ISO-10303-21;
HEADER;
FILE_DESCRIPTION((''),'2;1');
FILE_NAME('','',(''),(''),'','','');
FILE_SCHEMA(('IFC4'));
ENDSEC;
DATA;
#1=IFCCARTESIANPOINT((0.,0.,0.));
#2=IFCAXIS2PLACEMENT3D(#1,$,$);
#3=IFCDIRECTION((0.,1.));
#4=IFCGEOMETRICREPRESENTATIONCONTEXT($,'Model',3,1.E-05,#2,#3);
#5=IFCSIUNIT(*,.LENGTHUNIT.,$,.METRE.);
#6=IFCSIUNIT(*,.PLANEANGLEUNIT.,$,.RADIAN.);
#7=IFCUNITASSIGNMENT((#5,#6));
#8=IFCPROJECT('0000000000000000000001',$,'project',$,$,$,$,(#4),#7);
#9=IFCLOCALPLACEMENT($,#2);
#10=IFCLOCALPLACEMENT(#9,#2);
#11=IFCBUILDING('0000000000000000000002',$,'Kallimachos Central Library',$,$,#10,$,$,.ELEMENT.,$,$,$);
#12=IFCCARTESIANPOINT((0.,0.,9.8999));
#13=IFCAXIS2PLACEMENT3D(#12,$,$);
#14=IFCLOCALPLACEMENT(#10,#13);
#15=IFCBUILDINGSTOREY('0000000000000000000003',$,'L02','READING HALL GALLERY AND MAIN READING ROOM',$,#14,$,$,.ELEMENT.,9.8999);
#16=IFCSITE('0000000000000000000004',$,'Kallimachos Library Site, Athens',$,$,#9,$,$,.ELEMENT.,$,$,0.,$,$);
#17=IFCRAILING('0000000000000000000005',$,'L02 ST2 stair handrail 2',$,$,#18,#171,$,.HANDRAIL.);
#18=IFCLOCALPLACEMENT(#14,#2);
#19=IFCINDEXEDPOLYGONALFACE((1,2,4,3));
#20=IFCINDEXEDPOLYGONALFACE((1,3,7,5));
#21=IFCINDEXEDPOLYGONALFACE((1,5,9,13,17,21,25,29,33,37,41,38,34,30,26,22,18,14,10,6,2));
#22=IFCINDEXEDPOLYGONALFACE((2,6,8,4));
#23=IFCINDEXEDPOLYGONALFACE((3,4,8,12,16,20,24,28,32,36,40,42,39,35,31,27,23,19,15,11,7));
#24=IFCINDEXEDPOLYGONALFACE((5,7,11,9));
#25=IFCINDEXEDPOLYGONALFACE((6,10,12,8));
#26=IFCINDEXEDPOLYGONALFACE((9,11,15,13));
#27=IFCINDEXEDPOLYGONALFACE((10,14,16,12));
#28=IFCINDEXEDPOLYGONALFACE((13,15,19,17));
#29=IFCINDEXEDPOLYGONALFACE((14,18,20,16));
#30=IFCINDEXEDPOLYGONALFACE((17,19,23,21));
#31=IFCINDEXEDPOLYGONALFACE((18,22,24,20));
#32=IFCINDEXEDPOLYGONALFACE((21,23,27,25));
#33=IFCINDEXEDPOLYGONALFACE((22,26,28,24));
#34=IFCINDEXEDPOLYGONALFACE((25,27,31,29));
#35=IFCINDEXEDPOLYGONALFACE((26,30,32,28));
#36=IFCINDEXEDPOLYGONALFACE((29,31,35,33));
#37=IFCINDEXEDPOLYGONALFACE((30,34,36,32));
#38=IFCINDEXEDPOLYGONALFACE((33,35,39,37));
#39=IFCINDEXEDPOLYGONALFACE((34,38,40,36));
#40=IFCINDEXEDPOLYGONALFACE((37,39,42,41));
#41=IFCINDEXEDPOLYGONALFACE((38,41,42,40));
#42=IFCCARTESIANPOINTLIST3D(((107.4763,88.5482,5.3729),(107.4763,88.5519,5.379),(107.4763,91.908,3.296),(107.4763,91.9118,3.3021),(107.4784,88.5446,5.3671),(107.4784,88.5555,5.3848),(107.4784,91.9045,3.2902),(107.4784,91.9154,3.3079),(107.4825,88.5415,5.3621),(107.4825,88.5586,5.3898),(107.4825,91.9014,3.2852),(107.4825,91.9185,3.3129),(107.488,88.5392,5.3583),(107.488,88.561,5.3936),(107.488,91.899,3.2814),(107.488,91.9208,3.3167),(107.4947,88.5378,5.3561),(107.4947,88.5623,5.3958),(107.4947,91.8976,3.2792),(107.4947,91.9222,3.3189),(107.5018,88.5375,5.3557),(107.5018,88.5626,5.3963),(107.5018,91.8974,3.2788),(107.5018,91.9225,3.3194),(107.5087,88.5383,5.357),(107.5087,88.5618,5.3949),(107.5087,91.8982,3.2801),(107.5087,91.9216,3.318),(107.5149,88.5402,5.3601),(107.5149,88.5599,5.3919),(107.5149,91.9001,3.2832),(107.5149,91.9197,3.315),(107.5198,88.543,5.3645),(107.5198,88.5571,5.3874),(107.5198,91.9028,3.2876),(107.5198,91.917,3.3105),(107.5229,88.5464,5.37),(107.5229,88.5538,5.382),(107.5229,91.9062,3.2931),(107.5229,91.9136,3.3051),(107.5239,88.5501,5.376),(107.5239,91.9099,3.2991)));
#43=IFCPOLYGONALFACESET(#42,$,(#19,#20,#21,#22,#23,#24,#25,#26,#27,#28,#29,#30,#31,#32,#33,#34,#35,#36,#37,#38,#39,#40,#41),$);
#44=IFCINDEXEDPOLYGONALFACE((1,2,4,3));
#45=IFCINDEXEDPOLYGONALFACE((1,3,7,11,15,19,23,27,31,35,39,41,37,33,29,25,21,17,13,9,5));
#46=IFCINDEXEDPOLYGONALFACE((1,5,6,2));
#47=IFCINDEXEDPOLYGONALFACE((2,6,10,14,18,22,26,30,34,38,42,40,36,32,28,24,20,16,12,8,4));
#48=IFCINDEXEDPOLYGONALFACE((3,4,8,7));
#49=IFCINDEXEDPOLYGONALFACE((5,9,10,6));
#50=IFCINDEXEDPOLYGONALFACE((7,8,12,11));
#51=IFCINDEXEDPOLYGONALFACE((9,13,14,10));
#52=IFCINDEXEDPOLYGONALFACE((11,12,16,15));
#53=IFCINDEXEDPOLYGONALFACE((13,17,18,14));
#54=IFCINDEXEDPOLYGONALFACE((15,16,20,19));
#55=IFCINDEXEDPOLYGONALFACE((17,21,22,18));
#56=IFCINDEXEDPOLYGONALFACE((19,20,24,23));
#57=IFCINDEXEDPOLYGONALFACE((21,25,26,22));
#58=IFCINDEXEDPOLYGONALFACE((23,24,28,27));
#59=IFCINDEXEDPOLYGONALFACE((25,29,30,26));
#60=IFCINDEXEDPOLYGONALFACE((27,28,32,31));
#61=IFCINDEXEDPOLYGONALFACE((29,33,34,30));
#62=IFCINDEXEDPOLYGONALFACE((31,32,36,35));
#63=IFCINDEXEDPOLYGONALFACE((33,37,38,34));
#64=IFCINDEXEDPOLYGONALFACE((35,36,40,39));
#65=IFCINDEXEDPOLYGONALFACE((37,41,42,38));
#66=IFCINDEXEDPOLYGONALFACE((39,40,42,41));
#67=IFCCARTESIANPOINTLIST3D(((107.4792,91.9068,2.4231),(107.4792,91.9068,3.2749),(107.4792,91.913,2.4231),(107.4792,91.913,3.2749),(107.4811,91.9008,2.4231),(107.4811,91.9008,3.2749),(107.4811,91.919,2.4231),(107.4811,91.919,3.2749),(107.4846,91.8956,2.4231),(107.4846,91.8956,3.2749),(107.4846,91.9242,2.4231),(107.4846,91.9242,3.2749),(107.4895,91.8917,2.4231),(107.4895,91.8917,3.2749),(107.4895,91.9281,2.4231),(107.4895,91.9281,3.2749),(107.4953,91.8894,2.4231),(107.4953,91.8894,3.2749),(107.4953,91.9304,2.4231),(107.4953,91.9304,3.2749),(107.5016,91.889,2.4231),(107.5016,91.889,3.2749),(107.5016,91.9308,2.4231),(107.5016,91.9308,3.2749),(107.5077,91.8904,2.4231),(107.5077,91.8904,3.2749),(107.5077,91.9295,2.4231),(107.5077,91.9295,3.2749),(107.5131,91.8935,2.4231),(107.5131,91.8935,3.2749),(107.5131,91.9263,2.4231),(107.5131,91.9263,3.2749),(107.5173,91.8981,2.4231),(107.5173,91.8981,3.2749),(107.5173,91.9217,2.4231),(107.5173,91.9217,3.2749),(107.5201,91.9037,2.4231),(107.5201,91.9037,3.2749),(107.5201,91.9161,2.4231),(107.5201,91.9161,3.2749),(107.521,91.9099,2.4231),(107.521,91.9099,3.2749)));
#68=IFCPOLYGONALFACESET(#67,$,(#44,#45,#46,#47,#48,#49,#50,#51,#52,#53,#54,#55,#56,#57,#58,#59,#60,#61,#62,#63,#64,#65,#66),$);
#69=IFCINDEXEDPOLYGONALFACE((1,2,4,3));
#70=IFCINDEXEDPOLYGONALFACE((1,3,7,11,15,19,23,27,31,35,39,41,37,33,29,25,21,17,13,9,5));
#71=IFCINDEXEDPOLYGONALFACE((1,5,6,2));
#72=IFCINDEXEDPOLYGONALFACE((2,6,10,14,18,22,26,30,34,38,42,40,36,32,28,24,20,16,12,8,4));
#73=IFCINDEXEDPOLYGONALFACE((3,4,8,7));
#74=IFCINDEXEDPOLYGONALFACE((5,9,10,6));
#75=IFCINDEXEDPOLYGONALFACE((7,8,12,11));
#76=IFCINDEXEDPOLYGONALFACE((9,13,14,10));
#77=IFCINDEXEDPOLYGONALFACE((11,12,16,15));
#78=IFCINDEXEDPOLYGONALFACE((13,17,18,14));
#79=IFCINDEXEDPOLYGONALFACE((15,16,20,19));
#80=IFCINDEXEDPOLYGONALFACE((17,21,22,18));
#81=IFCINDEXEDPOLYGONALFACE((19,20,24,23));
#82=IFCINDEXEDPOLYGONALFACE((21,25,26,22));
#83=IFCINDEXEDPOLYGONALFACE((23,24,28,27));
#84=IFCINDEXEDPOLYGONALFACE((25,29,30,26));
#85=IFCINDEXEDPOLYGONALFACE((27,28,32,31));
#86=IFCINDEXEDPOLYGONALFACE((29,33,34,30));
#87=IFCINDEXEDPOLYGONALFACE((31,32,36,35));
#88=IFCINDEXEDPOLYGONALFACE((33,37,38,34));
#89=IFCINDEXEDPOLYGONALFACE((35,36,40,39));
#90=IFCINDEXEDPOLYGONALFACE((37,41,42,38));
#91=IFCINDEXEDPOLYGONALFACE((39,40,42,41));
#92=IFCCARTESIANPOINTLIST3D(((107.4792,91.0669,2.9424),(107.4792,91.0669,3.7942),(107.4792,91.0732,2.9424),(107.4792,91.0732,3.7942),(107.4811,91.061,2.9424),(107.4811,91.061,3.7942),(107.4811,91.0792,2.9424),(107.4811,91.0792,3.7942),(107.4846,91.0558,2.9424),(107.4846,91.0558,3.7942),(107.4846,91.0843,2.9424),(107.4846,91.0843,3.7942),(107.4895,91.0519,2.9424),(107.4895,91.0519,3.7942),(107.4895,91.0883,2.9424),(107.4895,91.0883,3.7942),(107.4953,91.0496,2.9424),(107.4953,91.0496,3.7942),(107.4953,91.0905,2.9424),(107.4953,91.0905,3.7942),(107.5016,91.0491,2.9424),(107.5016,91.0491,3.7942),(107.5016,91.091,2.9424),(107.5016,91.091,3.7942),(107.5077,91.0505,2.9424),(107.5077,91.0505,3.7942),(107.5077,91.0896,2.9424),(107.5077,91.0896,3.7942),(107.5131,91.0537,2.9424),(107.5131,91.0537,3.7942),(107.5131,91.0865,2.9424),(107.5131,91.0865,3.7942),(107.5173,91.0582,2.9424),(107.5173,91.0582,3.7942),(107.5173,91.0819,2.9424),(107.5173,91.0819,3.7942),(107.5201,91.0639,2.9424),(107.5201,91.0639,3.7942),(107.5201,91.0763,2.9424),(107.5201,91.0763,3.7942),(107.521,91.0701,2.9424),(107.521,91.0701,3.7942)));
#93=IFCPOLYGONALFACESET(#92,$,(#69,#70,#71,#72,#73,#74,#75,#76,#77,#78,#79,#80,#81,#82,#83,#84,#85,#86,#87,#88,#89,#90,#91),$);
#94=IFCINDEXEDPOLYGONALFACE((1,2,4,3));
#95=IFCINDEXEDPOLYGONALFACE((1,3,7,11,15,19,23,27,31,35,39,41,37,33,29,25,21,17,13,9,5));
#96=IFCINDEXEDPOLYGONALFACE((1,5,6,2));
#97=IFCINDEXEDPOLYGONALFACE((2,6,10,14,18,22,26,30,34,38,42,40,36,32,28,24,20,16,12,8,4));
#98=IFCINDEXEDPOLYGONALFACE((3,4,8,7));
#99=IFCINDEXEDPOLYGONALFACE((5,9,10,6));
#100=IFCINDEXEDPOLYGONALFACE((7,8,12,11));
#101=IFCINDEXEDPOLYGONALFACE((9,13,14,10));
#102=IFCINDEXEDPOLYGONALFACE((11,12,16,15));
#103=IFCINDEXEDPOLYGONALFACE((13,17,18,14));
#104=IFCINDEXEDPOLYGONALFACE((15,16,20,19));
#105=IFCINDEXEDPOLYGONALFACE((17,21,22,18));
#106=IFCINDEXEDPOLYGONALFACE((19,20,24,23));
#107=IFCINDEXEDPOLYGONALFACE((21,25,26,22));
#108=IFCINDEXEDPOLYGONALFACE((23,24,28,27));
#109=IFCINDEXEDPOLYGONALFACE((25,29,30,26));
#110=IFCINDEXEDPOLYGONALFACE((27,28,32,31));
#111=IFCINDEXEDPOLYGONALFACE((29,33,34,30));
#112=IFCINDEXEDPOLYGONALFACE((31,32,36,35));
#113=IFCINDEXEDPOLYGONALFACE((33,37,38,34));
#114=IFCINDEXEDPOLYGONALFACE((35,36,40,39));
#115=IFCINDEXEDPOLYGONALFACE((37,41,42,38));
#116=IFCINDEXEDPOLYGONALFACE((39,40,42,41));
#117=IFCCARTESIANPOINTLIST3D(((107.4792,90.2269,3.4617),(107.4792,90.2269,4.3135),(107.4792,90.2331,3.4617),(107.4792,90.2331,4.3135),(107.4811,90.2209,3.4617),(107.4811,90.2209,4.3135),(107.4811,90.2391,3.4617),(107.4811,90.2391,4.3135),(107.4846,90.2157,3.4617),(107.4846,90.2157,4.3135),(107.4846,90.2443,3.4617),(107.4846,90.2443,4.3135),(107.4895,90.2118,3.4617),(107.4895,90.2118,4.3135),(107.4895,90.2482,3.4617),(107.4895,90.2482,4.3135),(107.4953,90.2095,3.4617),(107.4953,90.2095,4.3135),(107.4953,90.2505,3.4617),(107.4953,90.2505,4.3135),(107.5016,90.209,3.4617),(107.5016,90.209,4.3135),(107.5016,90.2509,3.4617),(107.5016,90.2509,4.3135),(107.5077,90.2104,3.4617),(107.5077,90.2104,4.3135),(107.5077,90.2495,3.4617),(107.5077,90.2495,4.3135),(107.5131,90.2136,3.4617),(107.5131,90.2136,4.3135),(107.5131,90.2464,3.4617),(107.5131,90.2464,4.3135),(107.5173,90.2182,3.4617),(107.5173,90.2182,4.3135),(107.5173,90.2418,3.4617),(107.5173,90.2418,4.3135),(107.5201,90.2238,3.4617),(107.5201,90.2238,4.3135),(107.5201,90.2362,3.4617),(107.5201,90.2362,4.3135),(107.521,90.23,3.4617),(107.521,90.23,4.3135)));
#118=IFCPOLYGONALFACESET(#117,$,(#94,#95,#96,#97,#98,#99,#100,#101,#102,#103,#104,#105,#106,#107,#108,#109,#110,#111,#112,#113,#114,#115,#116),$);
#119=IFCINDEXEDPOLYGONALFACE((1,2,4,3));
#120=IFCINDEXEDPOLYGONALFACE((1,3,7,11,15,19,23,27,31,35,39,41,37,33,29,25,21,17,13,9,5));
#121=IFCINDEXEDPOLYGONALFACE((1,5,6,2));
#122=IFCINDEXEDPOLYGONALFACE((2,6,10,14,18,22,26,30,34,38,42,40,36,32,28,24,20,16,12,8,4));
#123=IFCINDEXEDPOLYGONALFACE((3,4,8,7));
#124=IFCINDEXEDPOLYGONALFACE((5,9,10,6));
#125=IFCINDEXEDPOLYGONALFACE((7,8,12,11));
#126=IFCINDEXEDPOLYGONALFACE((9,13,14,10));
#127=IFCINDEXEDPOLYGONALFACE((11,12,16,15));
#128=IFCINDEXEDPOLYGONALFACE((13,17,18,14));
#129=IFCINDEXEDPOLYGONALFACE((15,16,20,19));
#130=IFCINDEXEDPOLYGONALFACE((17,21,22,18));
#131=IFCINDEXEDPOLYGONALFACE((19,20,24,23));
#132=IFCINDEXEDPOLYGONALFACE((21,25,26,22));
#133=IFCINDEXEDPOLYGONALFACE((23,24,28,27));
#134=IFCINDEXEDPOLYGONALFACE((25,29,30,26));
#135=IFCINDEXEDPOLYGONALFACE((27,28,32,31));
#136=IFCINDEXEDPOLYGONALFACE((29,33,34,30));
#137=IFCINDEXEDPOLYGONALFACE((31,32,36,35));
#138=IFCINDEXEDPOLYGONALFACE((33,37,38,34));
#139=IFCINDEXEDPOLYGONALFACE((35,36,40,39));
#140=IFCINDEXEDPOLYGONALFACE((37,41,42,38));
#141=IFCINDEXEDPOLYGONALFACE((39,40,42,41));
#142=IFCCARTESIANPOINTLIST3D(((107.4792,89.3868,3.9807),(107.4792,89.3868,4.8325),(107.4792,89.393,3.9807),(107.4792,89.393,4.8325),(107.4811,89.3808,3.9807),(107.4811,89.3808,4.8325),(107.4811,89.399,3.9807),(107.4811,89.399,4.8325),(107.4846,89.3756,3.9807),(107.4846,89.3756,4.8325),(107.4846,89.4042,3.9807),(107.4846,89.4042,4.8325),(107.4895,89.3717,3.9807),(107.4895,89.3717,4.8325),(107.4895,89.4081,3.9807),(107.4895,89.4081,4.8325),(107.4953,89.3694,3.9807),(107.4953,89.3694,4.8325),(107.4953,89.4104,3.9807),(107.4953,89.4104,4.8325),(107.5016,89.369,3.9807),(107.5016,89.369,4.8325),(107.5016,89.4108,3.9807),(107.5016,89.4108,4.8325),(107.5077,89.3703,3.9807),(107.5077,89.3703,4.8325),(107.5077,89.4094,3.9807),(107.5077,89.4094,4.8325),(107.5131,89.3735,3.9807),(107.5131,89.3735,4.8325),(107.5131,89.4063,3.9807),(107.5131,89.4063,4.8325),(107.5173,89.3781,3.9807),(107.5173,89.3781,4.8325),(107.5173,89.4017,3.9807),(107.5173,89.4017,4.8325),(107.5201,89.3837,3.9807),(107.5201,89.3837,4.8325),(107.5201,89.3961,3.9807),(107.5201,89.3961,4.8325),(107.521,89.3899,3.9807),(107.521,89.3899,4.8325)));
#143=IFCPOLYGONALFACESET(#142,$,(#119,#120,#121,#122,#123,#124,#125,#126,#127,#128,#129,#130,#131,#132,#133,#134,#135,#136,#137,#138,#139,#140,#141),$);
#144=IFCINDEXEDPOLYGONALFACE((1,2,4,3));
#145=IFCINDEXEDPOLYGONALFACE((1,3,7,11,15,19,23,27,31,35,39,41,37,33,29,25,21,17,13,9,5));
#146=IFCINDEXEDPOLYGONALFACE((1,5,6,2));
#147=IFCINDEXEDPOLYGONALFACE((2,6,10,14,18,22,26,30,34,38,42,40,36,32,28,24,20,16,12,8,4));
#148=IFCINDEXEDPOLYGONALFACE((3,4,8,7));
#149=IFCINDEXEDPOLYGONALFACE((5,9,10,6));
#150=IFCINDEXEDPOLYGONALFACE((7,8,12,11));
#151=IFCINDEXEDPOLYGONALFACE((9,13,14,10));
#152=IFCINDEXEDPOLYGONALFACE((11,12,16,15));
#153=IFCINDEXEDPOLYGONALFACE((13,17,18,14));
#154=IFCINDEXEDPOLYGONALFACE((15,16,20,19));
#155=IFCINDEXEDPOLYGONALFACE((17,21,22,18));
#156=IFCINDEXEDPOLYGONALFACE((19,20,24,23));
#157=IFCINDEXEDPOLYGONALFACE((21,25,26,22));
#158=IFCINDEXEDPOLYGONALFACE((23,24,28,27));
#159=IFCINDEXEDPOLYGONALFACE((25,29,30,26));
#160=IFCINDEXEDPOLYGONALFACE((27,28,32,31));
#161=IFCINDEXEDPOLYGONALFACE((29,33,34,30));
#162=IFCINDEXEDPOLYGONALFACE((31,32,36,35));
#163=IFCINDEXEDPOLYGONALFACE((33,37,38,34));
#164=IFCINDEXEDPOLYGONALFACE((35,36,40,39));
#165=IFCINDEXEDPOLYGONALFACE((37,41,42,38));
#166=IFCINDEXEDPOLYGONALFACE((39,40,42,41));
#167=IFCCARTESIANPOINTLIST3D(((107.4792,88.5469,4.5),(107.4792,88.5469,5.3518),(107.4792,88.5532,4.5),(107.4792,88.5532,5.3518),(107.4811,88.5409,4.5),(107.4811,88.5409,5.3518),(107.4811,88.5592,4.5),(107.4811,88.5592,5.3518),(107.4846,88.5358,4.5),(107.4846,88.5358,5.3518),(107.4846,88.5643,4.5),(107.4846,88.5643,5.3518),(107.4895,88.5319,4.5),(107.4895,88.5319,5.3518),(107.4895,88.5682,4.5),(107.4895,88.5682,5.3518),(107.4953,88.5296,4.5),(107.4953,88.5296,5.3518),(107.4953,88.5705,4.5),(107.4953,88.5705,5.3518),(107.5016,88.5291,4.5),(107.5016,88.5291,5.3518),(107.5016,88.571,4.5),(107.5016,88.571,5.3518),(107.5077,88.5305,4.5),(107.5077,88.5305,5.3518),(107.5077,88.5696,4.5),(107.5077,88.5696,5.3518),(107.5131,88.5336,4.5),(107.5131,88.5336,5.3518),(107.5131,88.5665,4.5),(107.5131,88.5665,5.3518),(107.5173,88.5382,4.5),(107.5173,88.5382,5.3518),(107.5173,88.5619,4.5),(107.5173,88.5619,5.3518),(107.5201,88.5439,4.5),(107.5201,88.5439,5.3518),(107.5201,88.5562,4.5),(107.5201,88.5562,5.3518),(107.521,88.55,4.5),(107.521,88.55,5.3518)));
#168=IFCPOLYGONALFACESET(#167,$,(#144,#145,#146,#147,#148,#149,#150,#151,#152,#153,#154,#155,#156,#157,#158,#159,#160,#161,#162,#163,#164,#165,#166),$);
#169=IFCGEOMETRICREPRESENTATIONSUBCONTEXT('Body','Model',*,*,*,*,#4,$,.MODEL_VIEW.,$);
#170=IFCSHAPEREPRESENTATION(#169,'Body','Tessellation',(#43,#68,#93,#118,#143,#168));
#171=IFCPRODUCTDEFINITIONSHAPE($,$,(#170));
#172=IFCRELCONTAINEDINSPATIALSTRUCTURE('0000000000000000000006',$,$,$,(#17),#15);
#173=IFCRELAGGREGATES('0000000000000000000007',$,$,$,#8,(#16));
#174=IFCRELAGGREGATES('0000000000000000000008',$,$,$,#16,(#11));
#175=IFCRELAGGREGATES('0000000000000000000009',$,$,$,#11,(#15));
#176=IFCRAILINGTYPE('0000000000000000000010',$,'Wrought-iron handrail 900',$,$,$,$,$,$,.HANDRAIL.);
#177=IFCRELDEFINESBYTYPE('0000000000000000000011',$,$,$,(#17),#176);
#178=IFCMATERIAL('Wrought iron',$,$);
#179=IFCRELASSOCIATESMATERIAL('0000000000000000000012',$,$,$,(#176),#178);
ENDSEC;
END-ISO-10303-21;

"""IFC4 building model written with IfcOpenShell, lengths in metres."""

from ifc_helpers import new_model, si_unit, direction, frame, origin, origin_2d, place, context, subcontext, project, spatial, circle, extrude, material, type_object, element, save


model = new_model("IFC4")

# Units and contexts
model_context = context("Model", 3, precision=1e-05, world=origin(), true_north=direction((0.0, 1.0)))
body_context = subcontext(model_context, "Body", "Model", "MODEL_VIEW")
ifc_project = project(units=[si_unit("LENGTHUNIT", "METRE"), si_unit("PLANEANGLEUNIT", "RADIAN")], contexts=[model_context])

# Site, building, storey
site_placement = place(None, origin())
site = spatial("IfcSite", under=ifc_project, at=site_placement, Name="Kallimachos Library Site, Athens", CompositionType="ELEMENT", RefElevation=0.0)
building_placement = place(site_placement, origin())
building = spatial("IfcBuilding", under=site, at=building_placement, Name="Kallimachos Central Library", CompositionType="ELEMENT")
storey_placement = place(building_placement, frame((0.0, 0.0, 9.8999)))
storey = spatial("IfcBuildingStorey", under=building, at=storey_placement, Name="L02", Description="READING HALL GALLERY AND MAIN READING ROOM", CompositionType="ELEMENT", Elevation=9.8999)

# Railing
ifc_material_1 = material(Name="Wrought iron")
railing_type_1 = type_object("IfcRailingType", Name="Wrought-iron handrail 900", PredefinedType="HANDRAIL", material=ifc_material_1)
railing_1_placement = place(storey_placement, frame((107.5, 91.9099, 2.4231)))
element("IfcRailing", 1, at=railing_1_placement, inside=storey, type_object=railing_type_1, Name="L02 ST2 stair handrail 2", PredefinedType="HANDRAIL", context=body_context, shape_type="SweptSolid", body=[
    extrude(circle(Radius=0.0239, at=origin_2d()), frame((0.0, 0.0, 0.876), z_axis=(0.0, -0.850606, 0.525803), x_axis=(1.0, 0.0, 0.0)), (0.0, 0.0, 1.0), 3.95),
    extrude(circle(Radius=0.021, at=origin_2d()), origin(), (0.0, 0.0, 1.0), 0.8518),
    extrude(circle(Radius=0.021, at=origin_2d()), frame((0.0, -0.8398, 0.5193)), (0.0, 0.0, 1.0), 0.8518),
    extrude(circle(Radius=0.021, at=origin_2d()), frame((0.0, -1.6799, 1.0386)), (0.0, 0.0, 1.0), 0.8518),
    extrude(circle(Radius=0.021, at=origin_2d()), frame((0.0, -2.52, 1.5576)), (0.0, 0.0, 1.0), 0.8518),
    extrude(circle(Radius=0.021, at=origin_2d()), frame((0.0, -3.3599, 2.0769)), (0.0, 0.0, 1.0), 0.8518),
])

save(model, "model.ifc")
